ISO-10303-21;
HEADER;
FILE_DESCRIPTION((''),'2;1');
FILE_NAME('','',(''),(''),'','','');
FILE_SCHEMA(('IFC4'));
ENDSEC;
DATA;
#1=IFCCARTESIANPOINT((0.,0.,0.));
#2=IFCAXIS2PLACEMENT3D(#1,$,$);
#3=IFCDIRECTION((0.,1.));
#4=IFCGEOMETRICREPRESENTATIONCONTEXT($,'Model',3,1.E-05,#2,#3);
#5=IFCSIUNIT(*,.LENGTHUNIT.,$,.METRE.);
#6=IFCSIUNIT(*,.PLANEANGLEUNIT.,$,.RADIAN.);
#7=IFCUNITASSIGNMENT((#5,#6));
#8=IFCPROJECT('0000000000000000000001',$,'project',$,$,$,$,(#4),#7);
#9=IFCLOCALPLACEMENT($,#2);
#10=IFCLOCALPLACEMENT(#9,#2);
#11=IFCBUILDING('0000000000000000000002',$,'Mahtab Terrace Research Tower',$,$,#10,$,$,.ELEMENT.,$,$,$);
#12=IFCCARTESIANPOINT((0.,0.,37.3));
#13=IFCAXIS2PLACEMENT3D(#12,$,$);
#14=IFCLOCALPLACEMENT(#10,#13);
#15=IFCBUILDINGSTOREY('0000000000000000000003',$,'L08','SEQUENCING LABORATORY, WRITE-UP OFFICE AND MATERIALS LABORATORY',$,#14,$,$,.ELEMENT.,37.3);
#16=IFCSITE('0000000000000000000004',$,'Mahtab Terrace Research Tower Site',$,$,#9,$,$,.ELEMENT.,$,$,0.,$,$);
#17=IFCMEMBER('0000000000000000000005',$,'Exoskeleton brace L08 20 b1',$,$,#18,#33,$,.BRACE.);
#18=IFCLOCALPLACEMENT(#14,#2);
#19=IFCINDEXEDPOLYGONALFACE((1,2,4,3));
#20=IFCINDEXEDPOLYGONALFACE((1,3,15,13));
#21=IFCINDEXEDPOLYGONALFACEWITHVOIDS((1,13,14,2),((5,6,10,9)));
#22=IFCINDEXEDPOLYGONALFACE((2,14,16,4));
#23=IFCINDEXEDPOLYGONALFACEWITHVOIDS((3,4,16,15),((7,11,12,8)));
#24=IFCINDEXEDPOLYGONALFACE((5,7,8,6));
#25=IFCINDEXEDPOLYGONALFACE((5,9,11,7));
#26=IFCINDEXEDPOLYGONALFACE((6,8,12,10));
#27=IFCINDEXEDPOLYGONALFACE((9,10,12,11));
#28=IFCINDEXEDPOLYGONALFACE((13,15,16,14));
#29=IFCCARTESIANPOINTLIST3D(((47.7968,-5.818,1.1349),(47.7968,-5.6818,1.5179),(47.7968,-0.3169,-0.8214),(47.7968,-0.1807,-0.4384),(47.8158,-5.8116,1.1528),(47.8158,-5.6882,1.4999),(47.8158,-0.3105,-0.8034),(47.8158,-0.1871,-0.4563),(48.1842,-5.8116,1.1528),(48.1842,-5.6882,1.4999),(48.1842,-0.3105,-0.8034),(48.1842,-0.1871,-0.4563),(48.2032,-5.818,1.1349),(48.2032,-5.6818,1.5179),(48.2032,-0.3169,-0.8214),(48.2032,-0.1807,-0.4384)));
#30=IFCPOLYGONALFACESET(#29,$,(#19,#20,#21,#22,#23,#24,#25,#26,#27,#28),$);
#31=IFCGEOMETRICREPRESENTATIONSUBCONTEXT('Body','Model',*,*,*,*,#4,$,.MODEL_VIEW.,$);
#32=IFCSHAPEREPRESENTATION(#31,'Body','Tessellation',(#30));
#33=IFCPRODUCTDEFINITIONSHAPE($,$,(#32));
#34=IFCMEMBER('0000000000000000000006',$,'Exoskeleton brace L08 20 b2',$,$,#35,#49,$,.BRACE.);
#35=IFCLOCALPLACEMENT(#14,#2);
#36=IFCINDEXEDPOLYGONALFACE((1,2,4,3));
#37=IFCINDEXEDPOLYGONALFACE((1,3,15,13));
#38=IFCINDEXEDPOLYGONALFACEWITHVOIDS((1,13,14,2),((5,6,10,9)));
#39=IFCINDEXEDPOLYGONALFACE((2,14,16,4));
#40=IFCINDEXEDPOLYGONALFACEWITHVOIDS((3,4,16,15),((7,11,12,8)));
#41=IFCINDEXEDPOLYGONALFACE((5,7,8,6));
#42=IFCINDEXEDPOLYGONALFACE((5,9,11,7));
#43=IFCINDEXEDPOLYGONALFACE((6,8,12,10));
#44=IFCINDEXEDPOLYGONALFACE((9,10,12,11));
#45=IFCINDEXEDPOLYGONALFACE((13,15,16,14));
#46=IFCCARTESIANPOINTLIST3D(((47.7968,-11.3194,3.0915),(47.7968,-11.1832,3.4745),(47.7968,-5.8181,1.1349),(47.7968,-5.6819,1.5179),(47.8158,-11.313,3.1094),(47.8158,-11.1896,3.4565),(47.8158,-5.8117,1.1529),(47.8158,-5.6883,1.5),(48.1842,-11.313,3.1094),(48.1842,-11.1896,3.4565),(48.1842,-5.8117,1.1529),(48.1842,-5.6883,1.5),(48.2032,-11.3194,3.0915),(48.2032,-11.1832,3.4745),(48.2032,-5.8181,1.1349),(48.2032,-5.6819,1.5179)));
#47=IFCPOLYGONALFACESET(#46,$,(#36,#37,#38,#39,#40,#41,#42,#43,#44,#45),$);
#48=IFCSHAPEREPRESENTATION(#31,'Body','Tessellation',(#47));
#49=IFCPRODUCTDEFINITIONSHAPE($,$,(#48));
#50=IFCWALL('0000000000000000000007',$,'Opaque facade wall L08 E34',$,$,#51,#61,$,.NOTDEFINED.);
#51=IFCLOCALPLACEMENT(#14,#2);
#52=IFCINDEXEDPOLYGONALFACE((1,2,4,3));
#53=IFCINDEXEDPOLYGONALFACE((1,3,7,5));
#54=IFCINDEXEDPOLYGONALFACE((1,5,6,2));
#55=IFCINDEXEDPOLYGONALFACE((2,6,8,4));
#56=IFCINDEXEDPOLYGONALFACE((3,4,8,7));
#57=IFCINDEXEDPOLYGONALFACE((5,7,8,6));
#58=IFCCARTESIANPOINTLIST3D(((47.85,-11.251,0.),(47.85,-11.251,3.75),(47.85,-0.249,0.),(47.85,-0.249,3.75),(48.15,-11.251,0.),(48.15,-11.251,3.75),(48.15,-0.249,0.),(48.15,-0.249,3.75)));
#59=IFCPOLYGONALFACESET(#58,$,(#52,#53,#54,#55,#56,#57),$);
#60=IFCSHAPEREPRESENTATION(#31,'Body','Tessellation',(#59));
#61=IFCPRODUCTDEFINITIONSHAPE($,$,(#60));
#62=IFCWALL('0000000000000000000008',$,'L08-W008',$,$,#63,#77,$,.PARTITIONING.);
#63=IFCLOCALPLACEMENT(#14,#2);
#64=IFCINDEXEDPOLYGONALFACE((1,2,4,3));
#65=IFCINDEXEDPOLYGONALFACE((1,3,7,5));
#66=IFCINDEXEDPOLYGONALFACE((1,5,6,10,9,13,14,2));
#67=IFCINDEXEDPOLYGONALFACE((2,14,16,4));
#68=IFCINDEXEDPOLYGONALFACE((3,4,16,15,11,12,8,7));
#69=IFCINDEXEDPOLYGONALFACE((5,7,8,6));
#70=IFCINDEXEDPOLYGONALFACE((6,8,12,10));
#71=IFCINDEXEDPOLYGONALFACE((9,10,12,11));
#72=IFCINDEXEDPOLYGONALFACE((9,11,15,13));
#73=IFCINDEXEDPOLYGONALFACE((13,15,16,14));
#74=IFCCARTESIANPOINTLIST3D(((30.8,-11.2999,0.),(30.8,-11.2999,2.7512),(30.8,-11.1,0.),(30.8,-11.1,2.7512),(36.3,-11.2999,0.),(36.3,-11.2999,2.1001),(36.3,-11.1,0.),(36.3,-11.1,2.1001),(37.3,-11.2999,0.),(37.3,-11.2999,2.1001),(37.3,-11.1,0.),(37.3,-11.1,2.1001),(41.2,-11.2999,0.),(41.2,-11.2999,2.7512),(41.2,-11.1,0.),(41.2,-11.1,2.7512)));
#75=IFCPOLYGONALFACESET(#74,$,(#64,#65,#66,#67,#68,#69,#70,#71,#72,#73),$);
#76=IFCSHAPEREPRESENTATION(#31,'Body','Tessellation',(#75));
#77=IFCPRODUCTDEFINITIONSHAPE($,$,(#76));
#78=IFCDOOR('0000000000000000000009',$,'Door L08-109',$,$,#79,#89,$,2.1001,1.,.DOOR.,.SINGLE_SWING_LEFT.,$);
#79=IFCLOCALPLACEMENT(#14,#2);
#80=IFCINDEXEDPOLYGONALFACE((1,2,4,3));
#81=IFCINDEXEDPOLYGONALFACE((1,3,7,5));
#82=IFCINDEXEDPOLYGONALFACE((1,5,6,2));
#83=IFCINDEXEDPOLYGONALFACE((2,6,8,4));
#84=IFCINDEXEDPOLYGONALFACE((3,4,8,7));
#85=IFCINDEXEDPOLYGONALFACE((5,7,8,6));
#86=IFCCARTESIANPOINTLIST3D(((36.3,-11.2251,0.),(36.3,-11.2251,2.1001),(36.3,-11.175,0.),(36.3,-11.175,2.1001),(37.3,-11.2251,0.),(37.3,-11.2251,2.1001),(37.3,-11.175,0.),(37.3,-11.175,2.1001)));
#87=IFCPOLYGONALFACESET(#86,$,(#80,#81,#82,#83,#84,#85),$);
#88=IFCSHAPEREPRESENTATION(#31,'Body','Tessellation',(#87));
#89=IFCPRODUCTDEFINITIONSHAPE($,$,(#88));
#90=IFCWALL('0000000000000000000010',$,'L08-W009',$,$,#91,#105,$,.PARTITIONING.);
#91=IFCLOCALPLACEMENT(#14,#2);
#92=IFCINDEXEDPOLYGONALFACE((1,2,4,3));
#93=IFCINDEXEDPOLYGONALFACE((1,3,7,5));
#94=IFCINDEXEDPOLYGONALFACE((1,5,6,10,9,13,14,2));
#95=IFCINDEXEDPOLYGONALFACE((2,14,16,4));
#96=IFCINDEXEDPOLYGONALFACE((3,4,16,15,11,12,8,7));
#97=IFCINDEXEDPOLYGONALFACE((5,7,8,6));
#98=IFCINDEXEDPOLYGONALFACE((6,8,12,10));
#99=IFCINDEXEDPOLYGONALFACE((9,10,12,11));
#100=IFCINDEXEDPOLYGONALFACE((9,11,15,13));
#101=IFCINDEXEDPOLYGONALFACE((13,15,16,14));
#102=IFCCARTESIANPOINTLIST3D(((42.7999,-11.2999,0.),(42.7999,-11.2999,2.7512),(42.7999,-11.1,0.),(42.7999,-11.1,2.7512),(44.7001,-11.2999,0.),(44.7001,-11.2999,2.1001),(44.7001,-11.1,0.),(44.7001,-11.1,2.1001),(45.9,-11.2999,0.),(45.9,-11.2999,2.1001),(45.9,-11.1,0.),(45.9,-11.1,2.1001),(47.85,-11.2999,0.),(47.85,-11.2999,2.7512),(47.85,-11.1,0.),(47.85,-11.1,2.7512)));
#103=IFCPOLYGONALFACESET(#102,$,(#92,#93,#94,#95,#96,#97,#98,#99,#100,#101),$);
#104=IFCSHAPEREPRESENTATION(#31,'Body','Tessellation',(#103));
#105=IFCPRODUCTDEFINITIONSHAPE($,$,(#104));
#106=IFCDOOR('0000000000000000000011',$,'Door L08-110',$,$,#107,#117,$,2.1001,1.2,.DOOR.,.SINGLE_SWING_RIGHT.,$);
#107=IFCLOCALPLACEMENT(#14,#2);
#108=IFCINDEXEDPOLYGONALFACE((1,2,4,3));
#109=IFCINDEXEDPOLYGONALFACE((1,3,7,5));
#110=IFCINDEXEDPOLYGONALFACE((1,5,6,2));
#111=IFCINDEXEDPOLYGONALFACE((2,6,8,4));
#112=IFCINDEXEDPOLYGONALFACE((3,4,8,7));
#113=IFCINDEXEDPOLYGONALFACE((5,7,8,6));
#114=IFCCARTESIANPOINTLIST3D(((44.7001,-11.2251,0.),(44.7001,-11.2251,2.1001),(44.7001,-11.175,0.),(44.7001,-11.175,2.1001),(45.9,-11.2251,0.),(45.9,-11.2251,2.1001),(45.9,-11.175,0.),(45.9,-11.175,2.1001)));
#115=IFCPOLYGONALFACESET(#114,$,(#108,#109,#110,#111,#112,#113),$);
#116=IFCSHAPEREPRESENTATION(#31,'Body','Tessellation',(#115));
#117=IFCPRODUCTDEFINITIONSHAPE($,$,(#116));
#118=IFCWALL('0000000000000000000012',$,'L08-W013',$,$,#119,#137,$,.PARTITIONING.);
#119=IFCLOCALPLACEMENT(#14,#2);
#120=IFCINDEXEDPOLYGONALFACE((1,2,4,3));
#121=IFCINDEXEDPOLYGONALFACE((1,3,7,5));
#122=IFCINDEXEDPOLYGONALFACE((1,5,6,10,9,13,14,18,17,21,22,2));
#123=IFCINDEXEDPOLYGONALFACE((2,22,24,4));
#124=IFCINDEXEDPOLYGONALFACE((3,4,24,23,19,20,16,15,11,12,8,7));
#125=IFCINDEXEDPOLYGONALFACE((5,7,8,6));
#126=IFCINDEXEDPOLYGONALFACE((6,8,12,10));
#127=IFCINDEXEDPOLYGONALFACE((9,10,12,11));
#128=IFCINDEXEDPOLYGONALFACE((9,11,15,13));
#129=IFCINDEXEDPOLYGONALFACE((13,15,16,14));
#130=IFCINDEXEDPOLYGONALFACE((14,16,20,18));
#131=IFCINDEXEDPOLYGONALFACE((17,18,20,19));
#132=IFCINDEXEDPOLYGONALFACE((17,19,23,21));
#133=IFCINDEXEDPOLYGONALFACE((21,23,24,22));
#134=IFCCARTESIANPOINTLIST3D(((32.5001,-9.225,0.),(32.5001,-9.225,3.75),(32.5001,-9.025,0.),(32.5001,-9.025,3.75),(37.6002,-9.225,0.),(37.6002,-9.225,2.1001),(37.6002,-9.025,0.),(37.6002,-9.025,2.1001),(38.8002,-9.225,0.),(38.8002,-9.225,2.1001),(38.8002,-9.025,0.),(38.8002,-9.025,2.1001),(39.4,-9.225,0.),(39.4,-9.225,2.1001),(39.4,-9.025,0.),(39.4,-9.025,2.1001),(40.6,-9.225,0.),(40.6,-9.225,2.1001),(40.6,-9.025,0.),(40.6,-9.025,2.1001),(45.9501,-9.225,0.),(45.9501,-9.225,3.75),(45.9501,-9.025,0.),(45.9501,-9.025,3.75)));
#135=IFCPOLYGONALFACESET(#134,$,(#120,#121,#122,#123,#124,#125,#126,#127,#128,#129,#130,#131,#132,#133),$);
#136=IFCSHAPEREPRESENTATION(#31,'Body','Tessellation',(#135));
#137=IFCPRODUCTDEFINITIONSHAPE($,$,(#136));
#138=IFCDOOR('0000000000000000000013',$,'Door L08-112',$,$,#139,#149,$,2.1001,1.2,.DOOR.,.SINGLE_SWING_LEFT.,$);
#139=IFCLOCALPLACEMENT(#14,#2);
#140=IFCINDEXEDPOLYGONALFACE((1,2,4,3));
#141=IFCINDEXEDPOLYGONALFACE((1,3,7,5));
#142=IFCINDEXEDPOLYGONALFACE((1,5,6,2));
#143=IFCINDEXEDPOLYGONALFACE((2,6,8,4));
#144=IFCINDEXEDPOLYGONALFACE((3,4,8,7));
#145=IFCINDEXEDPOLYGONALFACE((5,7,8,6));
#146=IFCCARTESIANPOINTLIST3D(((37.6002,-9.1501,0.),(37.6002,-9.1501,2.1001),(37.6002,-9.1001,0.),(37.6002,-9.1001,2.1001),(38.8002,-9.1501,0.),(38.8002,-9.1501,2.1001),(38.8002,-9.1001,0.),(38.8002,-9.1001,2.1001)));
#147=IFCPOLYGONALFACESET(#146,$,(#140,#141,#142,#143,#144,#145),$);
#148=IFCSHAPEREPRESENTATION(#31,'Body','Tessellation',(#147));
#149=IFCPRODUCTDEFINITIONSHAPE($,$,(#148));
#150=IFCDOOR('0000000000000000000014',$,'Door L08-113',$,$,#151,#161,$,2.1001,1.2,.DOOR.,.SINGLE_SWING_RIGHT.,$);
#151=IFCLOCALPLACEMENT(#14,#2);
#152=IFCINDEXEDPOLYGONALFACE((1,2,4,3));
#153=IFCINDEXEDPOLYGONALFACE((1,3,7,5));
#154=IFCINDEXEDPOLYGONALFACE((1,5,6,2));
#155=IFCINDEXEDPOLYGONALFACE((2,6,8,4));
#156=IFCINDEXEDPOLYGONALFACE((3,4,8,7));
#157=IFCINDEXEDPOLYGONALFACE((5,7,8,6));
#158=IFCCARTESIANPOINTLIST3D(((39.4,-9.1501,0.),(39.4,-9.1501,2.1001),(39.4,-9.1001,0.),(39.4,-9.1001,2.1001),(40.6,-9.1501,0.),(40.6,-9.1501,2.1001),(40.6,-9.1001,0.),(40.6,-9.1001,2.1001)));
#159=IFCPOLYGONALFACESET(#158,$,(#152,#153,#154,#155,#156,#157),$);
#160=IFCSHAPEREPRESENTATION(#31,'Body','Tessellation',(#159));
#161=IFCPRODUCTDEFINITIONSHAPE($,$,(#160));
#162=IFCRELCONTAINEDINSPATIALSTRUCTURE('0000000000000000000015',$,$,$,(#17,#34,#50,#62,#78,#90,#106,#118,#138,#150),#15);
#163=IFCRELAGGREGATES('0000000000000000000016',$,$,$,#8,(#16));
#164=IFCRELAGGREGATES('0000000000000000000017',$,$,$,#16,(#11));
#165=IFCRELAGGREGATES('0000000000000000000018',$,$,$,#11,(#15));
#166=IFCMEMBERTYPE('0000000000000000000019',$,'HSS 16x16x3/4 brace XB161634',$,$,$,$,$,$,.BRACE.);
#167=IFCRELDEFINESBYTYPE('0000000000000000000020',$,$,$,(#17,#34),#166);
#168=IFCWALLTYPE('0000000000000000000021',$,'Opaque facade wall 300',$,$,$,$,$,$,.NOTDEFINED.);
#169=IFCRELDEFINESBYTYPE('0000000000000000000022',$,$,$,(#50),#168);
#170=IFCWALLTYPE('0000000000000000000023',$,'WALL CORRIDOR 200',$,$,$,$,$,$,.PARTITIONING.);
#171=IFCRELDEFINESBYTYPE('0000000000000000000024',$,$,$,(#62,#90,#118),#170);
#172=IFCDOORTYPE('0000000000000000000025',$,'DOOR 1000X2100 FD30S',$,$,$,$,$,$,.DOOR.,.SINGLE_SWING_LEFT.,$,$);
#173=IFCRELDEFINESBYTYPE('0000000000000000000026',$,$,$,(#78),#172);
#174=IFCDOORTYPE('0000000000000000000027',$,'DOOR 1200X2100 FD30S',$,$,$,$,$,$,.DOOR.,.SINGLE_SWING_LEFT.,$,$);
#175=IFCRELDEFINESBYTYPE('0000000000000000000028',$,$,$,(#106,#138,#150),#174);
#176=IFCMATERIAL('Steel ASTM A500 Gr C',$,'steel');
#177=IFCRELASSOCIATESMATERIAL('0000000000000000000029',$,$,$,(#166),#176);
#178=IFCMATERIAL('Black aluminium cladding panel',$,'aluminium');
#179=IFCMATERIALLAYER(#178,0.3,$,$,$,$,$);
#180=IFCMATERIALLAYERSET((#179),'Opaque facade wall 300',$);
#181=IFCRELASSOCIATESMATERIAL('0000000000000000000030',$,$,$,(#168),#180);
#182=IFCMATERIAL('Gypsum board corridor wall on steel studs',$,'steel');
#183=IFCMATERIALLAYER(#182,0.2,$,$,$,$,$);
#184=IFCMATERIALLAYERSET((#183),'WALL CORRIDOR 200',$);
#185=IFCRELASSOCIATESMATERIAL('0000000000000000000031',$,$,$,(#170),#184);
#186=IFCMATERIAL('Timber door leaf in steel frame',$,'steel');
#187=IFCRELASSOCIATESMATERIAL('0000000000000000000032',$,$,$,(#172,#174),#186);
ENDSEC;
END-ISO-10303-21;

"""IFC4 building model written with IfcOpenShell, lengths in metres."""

from ifc_helpers import new_model, si_unit, direction, frame, frame_2d, origin, origin_2d, place, context, subcontext, project, spatial, rectangle, hollow_rectangle, extrude, material, layer, layer_set, material_profile, profile_set, type_object, element, fill, save


model = new_model("IFC4")

# Units and contexts
model_context = context("Model", 3, precision=1e-05, world=origin(), true_north=direction((0.0, 1.0)))
body_context = subcontext(model_context, "Body", "Model", "MODEL_VIEW")
ifc_project = project(units=[si_unit("LENGTHUNIT", "METRE"), si_unit("PLANEANGLEUNIT", "RADIAN")], contexts=[model_context])

# Site, building, storey
site_placement = place(None, origin())
site = spatial("IfcSite", under=ifc_project, at=site_placement, Name="Mahtab Terrace Research Tower Site", CompositionType="ELEMENT", RefElevation=0.0)
building_placement = place(site_placement, origin())
building = spatial("IfcBuilding", under=site, at=building_placement, Name="Mahtab Terrace Research Tower", CompositionType="ELEMENT")
storey_placement = place(building_placement, frame((0.0, 0.0, 37.3)))
storey = spatial("IfcBuildingStorey", under=building, at=storey_placement, Name="L08", Description="SEQUENCING LABORATORY, WRITE-UP OFFICE AND MATERIALS LABORATORY", CompositionType="ELEMENT", Elevation=37.3)

# Members
ifc_material_1 = material(Name="Steel ASTM A500 Gr C", Category="steel")
ifc_material_profile = material_profile(ifc_material_1, hollow_rectangle(XDim=0.4065, YDim=0.4065, WallThickness=0.019, at=origin_2d()), Name="HSS16X16X3/4")
ifc_profile_set = profile_set([ifc_material_profile], Name="Steel ASTM A500 Gr C")
member_type = type_object("IfcMemberType", Name="HSS 16x16x3/4 brace XB161634", PredefinedType="BRACE", material=ifc_profile_set)
member_1_placement = place(storey_placement, frame((48.0, -0.2488, -0.6299), z_axis=(0.0, -0.942198, 0.335057), x_axis=(1.0, 0.0, 0.0)))
element("IfcMember", 1, at=member_1_placement, inside=storey, type_object=member_type, Name="Exoskeleton brace L08 20 b1", PredefinedType="BRACE", context=body_context, shape_type="SweptSolid", body=[
    extrude(hollow_rectangle(XDim=0.4065, YDim=0.4065, WallThickness=0.019, at=origin_2d()), origin(), (0.0, 0.0, 1.0), 5.8386),
])
member_2_placement = place(storey_placement, frame((48.0, -5.75, 1.3264), z_axis=(0.0, -0.942185, 0.335094), x_axis=(1.0, 0.0, 0.0)))
element("IfcMember", 2, at=member_2_placement, inside=storey, type_object=member_type, Name="Exoskeleton brace L08 20 b2", PredefinedType="BRACE", context=body_context, shape_type="SweptSolid", body=[
    extrude(hollow_rectangle(XDim=0.4065, YDim=0.4065, WallThickness=0.019, at=origin_2d()), origin(), (0.0, 0.0, 1.0), 5.8389),
])

# Wall
ifc_material_2 = material(Name="Black aluminium cladding panel", Category="aluminium")
ifc_layer_1 = layer(ifc_material_2, 0.3)
ifc_layer_set_1 = layer_set([ifc_layer_1], Name="Opaque facade wall 300")
wall_type_1 = type_object("IfcWallType", Name="Opaque facade wall 300", PredefinedType="NOTDEFINED", material=ifc_layer_set_1)
wall_1_placement = place(storey_placement, frame((48.0, -11.251, 0.0), z_axis=(0.0, 0.0, 1.0), x_axis=(0.0, 1.0, 0.0)))
element("IfcWall", 3, at=wall_1_placement, inside=storey, type_object=wall_type_1, Name="Opaque facade wall L08 E34", PredefinedType="NOTDEFINED", context=body_context, shape_type="SweptSolid", body=[
    extrude(rectangle(XDim=11.002, YDim=0.3, at=frame_2d((5.501, 0.0))), origin(), (0.0, 0.0, 1.0), 3.75),
])

# Walls, openings, doors
ifc_material_3 = material(Name="Gypsum board corridor wall on steel studs", Category="steel")
ifc_layer_2 = layer(ifc_material_3, 0.2)
ifc_layer_set_2 = layer_set([ifc_layer_2], Name="WALL CORRIDOR 200")
wall_type_2 = type_object("IfcWallType", Name="WALL CORRIDOR 200", PredefinedType="PARTITIONING", material=ifc_layer_set_2)
wall_2_placement = place(storey_placement, frame((30.8, -11.2, 0.0), z_axis=(0.0, 0.0, 1.0), x_axis=(1.0, 0.0, 0.0)))
wall_2 = element("IfcWall", 4, at=wall_2_placement, inside=storey, type_object=wall_type_2, Name="L08-W008", PredefinedType="PARTITIONING", context=body_context, shape_type="SweptSolid", body=[
    extrude(rectangle(XDim=10.3999, YDim=0.2, at=frame_2d((5.2, 0.0))), origin(), (0.0, 0.0, 1.0), 2.7512),
])
opening_1_placement = place(wall_2_placement, frame((5.5, 0.0, 0.0)))
opening_1 = element("IfcOpeningElement", 5, at=opening_1_placement, cuts=wall_2, PredefinedType="OPENING", context=body_context, shape_type="SweptSolid", body=[
    extrude(rectangle(XDim=1.0, YDim=2.1001, at=frame_2d((0.5, 1.05))), frame((0.0, 0.1099, 0.0), z_axis=(0.0, -1.0, 0.0), x_axis=(1.0, 0.0, 0.0)), (0.0, 0.0, 1.0), 0.22),
])
ifc_material_4 = material(Name="Timber door leaf in steel frame", Category="steel")
door_type_1 = type_object("IfcDoorType", Name="DOOR 1000X2100 FD30S", OperationType="SINGLE_SWING_LEFT", PredefinedType="DOOR", material=ifc_material_4)
door_1_placement = place(opening_1_placement, origin())
door_1 = element("IfcDoor", 6, at=door_1_placement, inside=storey, type_object=door_type_1, Name="Door L08-109", OperationType="SINGLE_SWING_LEFT", OverallHeight=2.1001, OverallWidth=1.0, PredefinedType="DOOR", context=body_context, shape_type="SweptSolid", body=[
    extrude(rectangle(XDim=1.0, YDim=2.1001, at=frame_2d((0.5, 1.05))), frame((0.0, 0.0249, 0.0), z_axis=(0.0, -1.0, 0.0), x_axis=(1.0, 0.0, 0.0)), (0.0, 0.0, 1.0), 0.05),
])
fill(opening_1, door_1)
wall_3_placement = place(storey_placement, frame((42.8, -11.2, 0.0), z_axis=(0.0, 0.0, 1.0), x_axis=(1.0, 0.0, 0.0)))
wall_3 = element("IfcWall", 7, at=wall_3_placement, inside=storey, type_object=wall_type_2, Name="L08-W009", PredefinedType="PARTITIONING", context=body_context, shape_type="SweptSolid", body=[
    extrude(rectangle(XDim=5.05, YDim=0.2, at=frame_2d((2.5249, 0.0))), origin(), (0.0, 0.0, 1.0), 2.7512),
])
opening_2_placement = place(wall_3_placement, frame((1.8999, 0.0, 0.0)))
opening_2 = element("IfcOpeningElement", 8, at=opening_2_placement, cuts=wall_3, PredefinedType="OPENING", context=body_context, shape_type="SweptSolid", body=[
    extrude(rectangle(XDim=1.2, YDim=2.1001, at=frame_2d((0.6001, 1.05))), frame((0.0, 0.1099, 0.0), z_axis=(0.0, -1.0, 0.0), x_axis=(1.0, 0.0, 0.0)), (0.0, 0.0, 1.0), 0.22),
])
door_type_2 = type_object("IfcDoorType", Name="DOOR 1200X2100 FD30S", OperationType="SINGLE_SWING_LEFT", PredefinedType="DOOR", material=ifc_material_4)
door_2_placement = place(opening_2_placement, origin())
door_2 = element("IfcDoor", 9, at=door_2_placement, inside=storey, type_object=door_type_2, Name="Door L08-110", OperationType="SINGLE_SWING_RIGHT", OverallHeight=2.1001, OverallWidth=1.2, PredefinedType="DOOR", context=body_context, shape_type="SweptSolid", body=[
    extrude(rectangle(XDim=1.2, YDim=2.1001, at=frame_2d((0.6001, 1.05))), frame((0.0, 0.0249, 0.0), z_axis=(0.0, -1.0, 0.0), x_axis=(1.0, 0.0, 0.0)), (0.0, 0.0, 1.0), 0.05),
])
fill(opening_2, door_2)

# Wall, openings, doors
wall_4_placement = place(storey_placement, frame((32.5, -9.125, 0.0), z_axis=(0.0, 0.0, 1.0), x_axis=(1.0, 0.0, 0.0)))
wall_4 = element("IfcWall", 10, at=wall_4_placement, inside=storey, type_object=wall_type_2, Name="L08-W013", PredefinedType="PARTITIONING", context=body_context, shape_type="SweptSolid", body=[
    extrude(rectangle(XDim=13.45, YDim=0.2, at=frame_2d((6.7251, 0.0))), origin(), (0.0, 0.0, 1.0), 3.75),
])
opening_3_placement = place(wall_4_placement, frame((5.1001, 0.0, 0.0)))
opening_3 = element("IfcOpeningElement", 11, at=opening_3_placement, cuts=wall_4, PredefinedType="OPENING", context=body_context, shape_type="SweptSolid", body=[
    extrude(rectangle(XDim=1.2, YDim=2.1001, at=frame_2d((0.6001, 1.05))), frame((0.0, 0.1099, 0.0), z_axis=(0.0, -1.0, 0.0), x_axis=(1.0, 0.0, 0.0)), (0.0, 0.0, 1.0), 0.22),
])
opening_4_placement = place(wall_4_placement, frame((6.8999, 0.0, 0.0)))
opening_4 = element("IfcOpeningElement", 12, at=opening_4_placement, cuts=wall_4, PredefinedType="OPENING", context=body_context, shape_type="SweptSolid", body=[
    extrude(rectangle(XDim=1.2, YDim=2.1001, at=frame_2d((0.6001, 1.05))), frame((0.0, 0.1099, 0.0), z_axis=(0.0, -1.0, 0.0), x_axis=(1.0, 0.0, 0.0)), (0.0, 0.0, 1.0), 0.22),
])
door_3_placement = place(opening_3_placement, origin())
door_3 = element("IfcDoor", 13, at=door_3_placement, inside=storey, type_object=door_type_2, Name="Door L08-112", OperationType="SINGLE_SWING_LEFT", OverallHeight=2.1001, OverallWidth=1.2, PredefinedType="DOOR", context=body_context, shape_type="SweptSolid", body=[
    extrude(rectangle(XDim=1.2, YDim=2.1001, at=frame_2d((0.6001, 1.05))), frame((0.0, 0.0249, 0.0), z_axis=(0.0, -1.0, 0.0), x_axis=(1.0, 0.0, 0.0)), (0.0, 0.0, 1.0), 0.05),
])
fill(opening_3, door_3)
door_4_placement = place(opening_4_placement, origin())
door_4 = element("IfcDoor", 14, at=door_4_placement, inside=storey, type_object=door_type_2, Name="Door L08-113", OperationType="SINGLE_SWING_RIGHT", OverallHeight=2.1001, OverallWidth=1.2, PredefinedType="DOOR", context=body_context, shape_type="SweptSolid", body=[
    extrude(rectangle(XDim=1.2, YDim=2.1001, at=frame_2d((0.6001, 1.05))), frame((0.0, 0.0249, 0.0), z_axis=(0.0, -1.0, 0.0), x_axis=(1.0, 0.0, 0.0)), (0.0, 0.0, 1.0), 0.05),
])
fill(opening_4, door_4)

save(model, "model.ifc")
